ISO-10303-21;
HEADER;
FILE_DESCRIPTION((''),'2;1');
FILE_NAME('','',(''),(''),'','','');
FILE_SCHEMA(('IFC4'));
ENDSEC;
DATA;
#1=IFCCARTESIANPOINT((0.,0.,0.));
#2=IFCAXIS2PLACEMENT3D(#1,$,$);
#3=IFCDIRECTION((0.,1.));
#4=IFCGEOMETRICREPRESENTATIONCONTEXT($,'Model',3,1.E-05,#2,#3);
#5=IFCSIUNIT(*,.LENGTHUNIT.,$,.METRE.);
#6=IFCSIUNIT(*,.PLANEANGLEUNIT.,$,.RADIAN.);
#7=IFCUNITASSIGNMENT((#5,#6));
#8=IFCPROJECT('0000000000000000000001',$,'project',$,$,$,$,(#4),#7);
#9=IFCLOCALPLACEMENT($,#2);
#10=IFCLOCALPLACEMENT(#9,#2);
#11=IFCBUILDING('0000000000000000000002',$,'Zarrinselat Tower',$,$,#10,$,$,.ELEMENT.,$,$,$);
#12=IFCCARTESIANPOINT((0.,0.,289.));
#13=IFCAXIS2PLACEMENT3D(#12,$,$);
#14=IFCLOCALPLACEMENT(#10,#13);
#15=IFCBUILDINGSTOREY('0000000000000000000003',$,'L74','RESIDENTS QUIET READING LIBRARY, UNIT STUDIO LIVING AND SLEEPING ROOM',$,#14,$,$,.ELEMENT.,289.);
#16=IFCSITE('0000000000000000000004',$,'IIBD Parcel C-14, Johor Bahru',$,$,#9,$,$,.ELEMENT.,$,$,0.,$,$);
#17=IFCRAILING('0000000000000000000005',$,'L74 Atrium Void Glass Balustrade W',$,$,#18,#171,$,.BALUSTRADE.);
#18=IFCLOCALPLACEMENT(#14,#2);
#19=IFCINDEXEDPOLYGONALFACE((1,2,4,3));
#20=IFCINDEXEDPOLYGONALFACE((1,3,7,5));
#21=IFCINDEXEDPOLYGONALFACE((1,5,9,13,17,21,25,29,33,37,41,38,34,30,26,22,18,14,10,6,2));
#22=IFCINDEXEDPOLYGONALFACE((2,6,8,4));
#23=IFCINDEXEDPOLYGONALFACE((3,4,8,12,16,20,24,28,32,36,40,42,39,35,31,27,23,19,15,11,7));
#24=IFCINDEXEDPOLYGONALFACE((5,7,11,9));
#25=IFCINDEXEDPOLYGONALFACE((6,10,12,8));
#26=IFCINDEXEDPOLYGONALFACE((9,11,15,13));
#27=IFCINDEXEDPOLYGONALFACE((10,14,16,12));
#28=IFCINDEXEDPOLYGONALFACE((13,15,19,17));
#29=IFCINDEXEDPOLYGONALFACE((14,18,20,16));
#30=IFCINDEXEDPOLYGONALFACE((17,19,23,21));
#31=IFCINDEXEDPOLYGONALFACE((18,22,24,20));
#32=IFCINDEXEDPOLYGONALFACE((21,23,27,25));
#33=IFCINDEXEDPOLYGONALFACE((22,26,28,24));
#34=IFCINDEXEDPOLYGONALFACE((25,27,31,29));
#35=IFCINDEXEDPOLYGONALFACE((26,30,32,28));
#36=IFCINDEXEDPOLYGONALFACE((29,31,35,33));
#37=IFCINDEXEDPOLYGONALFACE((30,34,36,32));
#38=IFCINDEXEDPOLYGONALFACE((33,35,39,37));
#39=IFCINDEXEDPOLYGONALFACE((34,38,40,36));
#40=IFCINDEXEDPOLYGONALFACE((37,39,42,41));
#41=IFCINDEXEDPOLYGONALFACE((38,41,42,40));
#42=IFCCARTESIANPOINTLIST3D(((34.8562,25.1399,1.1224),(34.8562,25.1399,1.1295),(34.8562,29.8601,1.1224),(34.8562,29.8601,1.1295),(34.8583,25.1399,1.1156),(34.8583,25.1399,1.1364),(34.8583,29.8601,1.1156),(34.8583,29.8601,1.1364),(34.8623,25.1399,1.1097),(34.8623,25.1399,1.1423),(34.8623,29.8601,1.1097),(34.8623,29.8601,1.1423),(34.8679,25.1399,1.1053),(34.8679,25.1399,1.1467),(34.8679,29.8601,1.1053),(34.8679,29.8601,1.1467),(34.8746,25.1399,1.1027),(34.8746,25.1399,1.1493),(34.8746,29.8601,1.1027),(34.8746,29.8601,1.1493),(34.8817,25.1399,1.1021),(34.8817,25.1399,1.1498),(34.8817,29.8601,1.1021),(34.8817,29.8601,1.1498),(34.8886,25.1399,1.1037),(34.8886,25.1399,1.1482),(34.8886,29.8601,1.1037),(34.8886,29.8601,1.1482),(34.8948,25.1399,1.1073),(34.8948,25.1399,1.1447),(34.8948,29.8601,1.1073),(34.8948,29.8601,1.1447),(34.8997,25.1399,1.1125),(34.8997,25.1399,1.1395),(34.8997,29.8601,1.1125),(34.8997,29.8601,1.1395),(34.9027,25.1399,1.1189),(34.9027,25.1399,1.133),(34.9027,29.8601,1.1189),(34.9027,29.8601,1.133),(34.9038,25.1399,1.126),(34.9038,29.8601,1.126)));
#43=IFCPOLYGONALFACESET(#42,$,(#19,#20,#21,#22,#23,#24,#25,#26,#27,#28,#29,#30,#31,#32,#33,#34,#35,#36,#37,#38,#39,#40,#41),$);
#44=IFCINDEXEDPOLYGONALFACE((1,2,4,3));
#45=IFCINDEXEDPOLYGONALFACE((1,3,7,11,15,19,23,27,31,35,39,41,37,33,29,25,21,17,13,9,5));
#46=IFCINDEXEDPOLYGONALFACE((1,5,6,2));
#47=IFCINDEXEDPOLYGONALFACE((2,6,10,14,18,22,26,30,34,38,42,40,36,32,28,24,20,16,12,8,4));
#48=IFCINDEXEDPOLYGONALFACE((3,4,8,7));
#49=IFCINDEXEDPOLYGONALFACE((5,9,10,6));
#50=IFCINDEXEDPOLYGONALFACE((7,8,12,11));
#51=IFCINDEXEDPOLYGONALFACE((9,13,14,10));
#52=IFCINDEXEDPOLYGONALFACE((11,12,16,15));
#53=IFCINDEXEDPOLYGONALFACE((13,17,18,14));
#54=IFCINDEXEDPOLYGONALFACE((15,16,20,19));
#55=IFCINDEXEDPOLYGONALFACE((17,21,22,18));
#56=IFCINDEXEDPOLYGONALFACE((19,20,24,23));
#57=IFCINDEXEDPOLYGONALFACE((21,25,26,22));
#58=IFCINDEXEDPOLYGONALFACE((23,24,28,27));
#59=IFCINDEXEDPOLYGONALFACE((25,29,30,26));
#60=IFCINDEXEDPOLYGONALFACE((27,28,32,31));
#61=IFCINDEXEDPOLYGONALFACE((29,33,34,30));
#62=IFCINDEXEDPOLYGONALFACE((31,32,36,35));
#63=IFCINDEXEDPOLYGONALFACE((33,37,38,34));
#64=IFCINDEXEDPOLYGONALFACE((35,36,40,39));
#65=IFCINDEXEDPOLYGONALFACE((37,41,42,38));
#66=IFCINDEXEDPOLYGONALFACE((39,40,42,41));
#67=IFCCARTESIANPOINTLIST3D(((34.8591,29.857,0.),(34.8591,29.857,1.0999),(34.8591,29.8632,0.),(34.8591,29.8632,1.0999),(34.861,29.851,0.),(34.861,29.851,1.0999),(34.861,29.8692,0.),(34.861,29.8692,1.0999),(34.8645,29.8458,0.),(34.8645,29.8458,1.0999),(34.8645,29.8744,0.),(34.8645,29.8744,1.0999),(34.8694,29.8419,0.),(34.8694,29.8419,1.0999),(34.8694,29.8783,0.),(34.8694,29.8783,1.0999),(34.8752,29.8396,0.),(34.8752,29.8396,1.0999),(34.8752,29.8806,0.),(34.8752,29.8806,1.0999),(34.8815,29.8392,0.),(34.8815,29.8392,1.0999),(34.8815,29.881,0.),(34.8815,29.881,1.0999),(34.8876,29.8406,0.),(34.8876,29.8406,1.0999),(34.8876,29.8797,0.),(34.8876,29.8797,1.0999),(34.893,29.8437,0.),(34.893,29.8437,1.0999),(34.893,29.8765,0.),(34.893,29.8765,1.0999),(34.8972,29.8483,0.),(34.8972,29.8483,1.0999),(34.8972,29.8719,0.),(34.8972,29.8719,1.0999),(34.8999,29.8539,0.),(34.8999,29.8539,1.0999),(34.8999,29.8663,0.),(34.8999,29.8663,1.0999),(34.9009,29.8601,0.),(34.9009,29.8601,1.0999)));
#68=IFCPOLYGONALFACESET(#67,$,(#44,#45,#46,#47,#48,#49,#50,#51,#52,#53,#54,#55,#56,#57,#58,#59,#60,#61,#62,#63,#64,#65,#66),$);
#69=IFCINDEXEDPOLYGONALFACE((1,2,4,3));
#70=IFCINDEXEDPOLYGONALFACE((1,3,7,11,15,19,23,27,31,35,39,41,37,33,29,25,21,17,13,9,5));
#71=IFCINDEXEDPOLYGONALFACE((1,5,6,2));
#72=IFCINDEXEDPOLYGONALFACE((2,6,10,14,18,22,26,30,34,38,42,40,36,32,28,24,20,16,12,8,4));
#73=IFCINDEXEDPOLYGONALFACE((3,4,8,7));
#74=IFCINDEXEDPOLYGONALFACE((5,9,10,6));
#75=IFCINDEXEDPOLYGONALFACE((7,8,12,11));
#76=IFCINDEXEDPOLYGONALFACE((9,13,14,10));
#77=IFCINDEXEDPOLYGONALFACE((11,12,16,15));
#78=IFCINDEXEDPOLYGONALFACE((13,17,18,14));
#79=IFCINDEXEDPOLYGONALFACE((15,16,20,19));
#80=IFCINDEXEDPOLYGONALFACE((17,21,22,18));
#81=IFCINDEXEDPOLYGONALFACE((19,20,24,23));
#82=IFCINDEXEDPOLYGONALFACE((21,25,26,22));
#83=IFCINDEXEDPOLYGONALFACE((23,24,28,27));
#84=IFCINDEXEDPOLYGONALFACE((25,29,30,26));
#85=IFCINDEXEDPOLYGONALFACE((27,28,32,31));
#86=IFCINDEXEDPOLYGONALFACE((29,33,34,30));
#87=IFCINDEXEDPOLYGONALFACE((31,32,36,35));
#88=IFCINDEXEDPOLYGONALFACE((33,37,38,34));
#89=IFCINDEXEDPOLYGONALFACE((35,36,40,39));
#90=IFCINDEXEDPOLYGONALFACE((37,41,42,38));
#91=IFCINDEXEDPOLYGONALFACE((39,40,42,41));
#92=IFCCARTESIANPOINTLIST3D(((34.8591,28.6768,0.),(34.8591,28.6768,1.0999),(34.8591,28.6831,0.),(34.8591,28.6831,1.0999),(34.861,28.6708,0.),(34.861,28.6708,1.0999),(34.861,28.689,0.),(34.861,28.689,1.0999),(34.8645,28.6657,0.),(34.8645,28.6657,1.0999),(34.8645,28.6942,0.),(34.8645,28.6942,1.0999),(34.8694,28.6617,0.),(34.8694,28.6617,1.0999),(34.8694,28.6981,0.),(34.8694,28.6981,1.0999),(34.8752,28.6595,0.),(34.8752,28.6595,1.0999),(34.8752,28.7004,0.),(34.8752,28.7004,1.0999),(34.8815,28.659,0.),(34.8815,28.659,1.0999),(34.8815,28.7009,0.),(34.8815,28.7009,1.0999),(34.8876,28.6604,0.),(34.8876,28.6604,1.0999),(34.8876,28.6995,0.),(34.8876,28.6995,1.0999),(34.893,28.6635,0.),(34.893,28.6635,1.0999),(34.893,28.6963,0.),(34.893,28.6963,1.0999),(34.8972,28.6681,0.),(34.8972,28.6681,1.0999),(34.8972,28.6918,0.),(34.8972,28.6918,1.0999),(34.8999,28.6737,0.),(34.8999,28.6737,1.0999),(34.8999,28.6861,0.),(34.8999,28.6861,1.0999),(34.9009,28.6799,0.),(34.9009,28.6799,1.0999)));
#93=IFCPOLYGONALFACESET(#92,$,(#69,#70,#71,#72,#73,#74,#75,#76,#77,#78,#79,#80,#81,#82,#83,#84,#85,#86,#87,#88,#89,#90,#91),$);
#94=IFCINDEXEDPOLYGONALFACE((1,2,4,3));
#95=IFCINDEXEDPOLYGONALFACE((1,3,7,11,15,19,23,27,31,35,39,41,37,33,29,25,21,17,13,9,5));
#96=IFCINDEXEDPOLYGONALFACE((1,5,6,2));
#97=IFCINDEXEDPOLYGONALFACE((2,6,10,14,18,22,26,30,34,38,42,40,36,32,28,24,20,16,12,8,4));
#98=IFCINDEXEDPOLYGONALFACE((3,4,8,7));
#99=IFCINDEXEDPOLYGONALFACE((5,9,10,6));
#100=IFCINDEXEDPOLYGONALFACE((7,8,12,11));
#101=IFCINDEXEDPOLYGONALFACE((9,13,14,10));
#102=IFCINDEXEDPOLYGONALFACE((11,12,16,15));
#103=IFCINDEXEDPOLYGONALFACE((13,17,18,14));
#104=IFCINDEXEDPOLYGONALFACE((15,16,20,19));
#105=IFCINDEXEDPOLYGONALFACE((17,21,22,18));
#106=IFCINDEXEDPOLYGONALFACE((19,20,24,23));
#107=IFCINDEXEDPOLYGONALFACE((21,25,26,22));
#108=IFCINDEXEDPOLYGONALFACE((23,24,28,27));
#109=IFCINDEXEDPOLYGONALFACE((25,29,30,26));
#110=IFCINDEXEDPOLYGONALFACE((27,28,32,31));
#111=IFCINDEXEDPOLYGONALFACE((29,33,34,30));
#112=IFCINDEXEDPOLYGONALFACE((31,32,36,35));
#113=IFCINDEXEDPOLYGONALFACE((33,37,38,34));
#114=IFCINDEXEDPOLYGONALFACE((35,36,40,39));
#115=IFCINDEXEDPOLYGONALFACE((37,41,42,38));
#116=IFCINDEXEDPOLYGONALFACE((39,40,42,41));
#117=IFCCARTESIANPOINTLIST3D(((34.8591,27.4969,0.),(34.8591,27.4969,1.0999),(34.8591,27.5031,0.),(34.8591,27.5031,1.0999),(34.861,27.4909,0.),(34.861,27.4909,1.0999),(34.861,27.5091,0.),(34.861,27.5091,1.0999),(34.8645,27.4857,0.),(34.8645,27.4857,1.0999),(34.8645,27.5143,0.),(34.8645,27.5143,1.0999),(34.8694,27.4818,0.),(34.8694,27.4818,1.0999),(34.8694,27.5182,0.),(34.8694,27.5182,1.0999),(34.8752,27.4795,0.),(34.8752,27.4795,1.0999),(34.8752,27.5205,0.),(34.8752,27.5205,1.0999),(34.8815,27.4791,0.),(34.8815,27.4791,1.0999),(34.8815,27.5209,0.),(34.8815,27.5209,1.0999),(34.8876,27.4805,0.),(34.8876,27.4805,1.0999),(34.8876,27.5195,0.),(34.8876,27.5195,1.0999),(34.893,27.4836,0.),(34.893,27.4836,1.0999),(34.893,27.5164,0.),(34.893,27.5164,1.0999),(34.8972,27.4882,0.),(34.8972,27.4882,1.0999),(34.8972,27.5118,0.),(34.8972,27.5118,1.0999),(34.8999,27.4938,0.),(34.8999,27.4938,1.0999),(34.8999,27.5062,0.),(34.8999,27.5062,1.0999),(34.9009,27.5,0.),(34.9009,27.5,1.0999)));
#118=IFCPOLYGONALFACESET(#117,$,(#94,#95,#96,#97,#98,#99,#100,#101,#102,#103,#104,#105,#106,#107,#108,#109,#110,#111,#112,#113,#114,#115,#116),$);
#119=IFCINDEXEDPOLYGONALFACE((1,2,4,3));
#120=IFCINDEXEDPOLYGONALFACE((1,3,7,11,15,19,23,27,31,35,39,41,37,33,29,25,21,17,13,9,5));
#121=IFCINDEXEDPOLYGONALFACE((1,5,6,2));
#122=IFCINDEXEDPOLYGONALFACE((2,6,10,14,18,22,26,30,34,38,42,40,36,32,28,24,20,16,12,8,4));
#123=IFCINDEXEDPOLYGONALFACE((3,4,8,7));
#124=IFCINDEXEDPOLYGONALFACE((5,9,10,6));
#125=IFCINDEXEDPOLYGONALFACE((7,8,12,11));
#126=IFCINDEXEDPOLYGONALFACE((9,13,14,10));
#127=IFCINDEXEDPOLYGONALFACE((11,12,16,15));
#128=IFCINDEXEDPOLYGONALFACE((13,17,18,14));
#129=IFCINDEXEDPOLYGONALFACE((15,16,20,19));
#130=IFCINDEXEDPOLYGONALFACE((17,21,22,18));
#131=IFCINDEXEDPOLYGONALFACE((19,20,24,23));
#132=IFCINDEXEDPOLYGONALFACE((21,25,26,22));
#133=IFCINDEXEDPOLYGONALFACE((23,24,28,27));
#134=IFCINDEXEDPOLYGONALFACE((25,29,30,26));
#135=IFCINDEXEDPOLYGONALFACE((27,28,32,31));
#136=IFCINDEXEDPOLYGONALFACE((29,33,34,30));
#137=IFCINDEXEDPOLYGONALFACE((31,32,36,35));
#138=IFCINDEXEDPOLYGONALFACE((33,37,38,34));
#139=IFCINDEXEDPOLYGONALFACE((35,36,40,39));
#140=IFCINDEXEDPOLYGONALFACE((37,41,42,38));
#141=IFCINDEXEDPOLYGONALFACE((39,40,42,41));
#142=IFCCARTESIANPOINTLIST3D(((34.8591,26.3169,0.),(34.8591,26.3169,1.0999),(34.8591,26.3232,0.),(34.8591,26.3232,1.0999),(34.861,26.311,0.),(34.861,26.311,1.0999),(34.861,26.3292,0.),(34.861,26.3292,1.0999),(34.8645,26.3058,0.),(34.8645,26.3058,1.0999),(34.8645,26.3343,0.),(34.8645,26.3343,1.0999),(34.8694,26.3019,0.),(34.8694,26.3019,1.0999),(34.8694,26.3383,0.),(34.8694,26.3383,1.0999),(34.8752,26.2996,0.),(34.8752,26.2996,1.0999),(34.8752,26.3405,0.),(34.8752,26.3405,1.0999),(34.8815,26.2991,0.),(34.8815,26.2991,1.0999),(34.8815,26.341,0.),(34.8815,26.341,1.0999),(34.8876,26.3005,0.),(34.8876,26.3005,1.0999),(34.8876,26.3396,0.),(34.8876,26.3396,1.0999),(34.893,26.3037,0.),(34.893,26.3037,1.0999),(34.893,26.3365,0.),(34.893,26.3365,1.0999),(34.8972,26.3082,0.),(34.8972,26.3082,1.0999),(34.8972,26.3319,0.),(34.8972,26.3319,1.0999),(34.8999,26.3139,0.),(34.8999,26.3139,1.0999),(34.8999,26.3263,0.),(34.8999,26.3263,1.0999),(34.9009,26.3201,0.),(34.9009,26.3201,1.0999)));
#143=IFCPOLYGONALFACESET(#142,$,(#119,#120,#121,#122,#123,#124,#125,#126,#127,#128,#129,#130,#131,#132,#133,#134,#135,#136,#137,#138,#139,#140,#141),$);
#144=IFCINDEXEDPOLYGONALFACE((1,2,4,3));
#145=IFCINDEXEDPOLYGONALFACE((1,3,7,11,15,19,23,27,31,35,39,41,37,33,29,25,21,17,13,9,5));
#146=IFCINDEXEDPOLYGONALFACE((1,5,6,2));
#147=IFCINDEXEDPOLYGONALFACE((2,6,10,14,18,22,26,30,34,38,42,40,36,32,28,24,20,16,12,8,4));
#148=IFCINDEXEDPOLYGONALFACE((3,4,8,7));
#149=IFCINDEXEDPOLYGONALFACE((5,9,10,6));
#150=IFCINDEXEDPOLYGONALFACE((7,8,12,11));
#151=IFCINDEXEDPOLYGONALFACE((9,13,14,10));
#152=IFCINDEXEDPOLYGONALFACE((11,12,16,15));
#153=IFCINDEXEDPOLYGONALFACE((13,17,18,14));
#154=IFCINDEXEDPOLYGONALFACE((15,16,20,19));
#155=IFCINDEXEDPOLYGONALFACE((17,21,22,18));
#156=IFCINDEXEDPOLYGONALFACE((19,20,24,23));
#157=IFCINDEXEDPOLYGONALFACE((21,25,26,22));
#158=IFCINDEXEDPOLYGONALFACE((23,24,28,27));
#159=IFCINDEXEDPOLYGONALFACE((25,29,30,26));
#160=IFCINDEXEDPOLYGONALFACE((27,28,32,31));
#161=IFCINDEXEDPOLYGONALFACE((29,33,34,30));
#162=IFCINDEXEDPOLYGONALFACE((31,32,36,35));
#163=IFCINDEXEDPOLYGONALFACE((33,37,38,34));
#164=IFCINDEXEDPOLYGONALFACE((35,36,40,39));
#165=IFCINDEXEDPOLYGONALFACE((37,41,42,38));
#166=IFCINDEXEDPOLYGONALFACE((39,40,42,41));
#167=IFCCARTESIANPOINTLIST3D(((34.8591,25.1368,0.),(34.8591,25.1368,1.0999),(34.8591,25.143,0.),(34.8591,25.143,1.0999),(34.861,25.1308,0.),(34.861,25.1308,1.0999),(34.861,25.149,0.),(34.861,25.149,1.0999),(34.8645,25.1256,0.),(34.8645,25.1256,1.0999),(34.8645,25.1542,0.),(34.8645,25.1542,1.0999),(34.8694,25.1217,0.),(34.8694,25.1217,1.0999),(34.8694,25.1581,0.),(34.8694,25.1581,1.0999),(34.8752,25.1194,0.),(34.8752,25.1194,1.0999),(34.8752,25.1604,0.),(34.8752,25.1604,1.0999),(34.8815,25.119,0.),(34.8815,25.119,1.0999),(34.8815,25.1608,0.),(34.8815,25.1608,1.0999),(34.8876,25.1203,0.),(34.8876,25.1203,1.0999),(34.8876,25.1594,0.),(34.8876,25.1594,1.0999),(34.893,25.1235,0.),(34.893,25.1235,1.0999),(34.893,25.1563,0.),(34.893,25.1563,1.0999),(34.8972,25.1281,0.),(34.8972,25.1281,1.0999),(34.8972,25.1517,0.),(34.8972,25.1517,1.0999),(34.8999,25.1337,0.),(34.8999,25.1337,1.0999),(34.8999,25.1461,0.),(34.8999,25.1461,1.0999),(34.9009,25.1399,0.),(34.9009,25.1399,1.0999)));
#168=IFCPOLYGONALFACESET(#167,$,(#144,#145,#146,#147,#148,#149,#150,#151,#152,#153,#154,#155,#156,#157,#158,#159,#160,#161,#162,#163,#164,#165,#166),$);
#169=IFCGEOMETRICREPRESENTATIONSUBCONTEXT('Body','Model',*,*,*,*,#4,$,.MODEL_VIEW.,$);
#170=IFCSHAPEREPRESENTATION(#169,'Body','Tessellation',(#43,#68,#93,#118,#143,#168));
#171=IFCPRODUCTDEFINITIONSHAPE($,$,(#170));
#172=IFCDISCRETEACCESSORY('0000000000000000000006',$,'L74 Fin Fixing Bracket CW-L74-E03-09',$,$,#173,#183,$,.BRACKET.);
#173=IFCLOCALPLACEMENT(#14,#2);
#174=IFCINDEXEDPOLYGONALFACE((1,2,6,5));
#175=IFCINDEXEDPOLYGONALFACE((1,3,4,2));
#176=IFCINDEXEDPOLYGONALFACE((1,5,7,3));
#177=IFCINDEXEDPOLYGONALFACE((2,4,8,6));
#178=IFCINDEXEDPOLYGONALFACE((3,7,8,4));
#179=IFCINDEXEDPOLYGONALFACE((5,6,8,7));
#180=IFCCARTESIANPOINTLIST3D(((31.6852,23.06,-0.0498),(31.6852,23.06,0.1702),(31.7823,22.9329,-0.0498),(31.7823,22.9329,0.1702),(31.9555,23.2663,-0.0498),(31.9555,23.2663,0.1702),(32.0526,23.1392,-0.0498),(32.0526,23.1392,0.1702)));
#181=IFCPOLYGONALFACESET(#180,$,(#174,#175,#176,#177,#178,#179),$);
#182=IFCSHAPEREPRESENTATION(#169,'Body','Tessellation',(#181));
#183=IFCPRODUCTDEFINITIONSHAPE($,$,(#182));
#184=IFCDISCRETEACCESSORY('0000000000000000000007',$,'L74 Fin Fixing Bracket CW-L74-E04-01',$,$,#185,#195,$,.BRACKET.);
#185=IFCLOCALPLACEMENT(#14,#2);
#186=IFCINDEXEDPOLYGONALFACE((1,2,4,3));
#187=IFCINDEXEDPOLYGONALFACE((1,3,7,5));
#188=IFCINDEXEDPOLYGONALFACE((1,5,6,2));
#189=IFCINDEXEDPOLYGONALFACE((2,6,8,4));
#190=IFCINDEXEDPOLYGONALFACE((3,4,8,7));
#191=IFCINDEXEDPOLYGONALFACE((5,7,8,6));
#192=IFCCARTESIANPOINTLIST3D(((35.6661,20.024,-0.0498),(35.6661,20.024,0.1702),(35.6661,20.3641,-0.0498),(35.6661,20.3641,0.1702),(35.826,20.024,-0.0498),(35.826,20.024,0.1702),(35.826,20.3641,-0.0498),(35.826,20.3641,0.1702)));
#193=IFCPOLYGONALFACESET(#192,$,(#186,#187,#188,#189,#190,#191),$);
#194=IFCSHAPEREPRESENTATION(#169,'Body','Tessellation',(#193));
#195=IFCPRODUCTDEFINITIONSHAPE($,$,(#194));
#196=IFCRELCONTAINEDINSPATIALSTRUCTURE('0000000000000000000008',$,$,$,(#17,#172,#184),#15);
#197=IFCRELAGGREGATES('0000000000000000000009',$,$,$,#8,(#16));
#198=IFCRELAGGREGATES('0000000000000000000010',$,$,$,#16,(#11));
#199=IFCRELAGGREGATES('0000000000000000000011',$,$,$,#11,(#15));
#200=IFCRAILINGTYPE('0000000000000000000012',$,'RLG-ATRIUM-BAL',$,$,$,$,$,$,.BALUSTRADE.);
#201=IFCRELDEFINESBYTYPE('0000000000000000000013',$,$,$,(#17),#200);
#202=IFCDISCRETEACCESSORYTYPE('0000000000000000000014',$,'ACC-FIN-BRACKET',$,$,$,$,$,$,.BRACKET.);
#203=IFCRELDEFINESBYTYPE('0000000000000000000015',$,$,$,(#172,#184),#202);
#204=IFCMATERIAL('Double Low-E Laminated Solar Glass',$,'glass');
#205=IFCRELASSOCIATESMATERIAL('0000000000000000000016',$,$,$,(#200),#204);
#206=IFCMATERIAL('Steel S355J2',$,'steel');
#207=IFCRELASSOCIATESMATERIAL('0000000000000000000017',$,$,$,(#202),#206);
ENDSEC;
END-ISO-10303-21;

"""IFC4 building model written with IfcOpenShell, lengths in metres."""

from ifc_helpers import new_model, si_unit, direction, frame, origin, origin_2d, place, context, subcontext, project, spatial, rectangle, circle, extrude, material, type_object, element, save


model = new_model("IFC4")

# Units and contexts
model_context = context("Model", 3, precision=1e-05, world=origin(), true_north=direction((0.0, 1.0)))
body_context = subcontext(model_context, "Body", "Model", "MODEL_VIEW")
ifc_project = project(units=[si_unit("LENGTHUNIT", "METRE"), si_unit("PLANEANGLEUNIT", "RADIAN")], contexts=[model_context])

# Site, building, storey
site_placement = place(None, origin())
site = spatial("IfcSite", under=ifc_project, at=site_placement, Name="IIBD Parcel C-14, Johor Bahru", CompositionType="ELEMENT", RefElevation=0.0)
building_placement = place(site_placement, origin())
building = spatial("IfcBuilding", under=site, at=building_placement, Name="Zarrinselat Tower", CompositionType="ELEMENT")
storey_placement = place(building_placement, frame((0.0, 0.0, 289.0)))
storey = spatial("IfcBuildingStorey", under=building, at=storey_placement, Name="L74", Description="RESIDENTS QUIET READING LIBRARY, UNIT STUDIO LIVING AND SLEEPING ROOM", CompositionType="ELEMENT", Elevation=289.0)

# Railing
ifc_material_1 = material(Name="Double Low-E Laminated Solar Glass", Category="glass")
railing_type = type_object("IfcRailingType", Name="RLG-ATRIUM-BAL", PredefinedType="BALUSTRADE", material=ifc_material_1)
railing_1_placement = place(storey_placement, frame((34.8799, 29.8601, 0.0)))
element("IfcRailing", 1, at=railing_1_placement, inside=storey, type_object=railing_type, Name="L74 Atrium Void Glass Balustrade W", PredefinedType="BALUSTRADE", context=body_context, shape_type="SweptSolid", body=[
    extrude(circle(Radius=0.0239, at=origin_2d()), frame((0.0, 0.0, 1.126), z_axis=(0.0, -1.0, 0.0), x_axis=(1.0, 0.0, 0.0)), (0.0, 0.0, 1.0), 4.7202),
    extrude(circle(Radius=0.021, at=origin_2d()), origin(), (0.0, 0.0, 1.0), 1.0999),
    extrude(circle(Radius=0.021, at=origin_2d()), frame((0.0, -1.1802, 0.0)), (0.0, 0.0, 1.0), 1.0999),
    extrude(circle(Radius=0.021, at=origin_2d()), frame((0.0, -2.3601, 0.0)), (0.0, 0.0, 1.0), 1.0999),
    extrude(circle(Radius=0.021, at=origin_2d()), frame((0.0, -3.54, 0.0)), (0.0, 0.0, 1.0), 1.0999),
    extrude(circle(Radius=0.021, at=origin_2d()), frame((0.0, -4.7202, 0.0)), (0.0, 0.0, 1.0), 1.0999),
])

# Discrete accessories
ifc_material_2 = material(Name="Steel S355J2", Category="steel")
discrete_accessory_type = type_object("IfcDiscreteAccessoryType", Name="ACC-FIN-BRACKET", PredefinedType="BRACKET", material=ifc_material_2)
for number, where, z_axis, x_axis, name in (
    (2, (31.8689, 23.0996, -0.0498), (0.0, 0.0, 1.0), (-0.794853, -0.606802, 0.0), "L74 Fin Fixing Bracket CW-L74-E03-09"),
    (3, (35.7461, 20.1941, -0.0498), (0.0, 0.0, 1.0), (0.0, -1.0, 0.0), "L74 Fin Fixing Bracket CW-L74-E04-01"),
):
    element("IfcDiscreteAccessory", number, at=place(storey_placement, frame(where, z_axis=z_axis, x_axis=x_axis)), inside=storey, type_object=discrete_accessory_type, Name=name, PredefinedType="BRACKET", context=body_context, shape_type="SweptSolid", body=[
        extrude(rectangle(XDim=0.3401, YDim=0.1599, at=origin_2d()), origin(), (0.0, 0.0, 1.0), 0.22),
    ])

save(model, "model.ifc")
